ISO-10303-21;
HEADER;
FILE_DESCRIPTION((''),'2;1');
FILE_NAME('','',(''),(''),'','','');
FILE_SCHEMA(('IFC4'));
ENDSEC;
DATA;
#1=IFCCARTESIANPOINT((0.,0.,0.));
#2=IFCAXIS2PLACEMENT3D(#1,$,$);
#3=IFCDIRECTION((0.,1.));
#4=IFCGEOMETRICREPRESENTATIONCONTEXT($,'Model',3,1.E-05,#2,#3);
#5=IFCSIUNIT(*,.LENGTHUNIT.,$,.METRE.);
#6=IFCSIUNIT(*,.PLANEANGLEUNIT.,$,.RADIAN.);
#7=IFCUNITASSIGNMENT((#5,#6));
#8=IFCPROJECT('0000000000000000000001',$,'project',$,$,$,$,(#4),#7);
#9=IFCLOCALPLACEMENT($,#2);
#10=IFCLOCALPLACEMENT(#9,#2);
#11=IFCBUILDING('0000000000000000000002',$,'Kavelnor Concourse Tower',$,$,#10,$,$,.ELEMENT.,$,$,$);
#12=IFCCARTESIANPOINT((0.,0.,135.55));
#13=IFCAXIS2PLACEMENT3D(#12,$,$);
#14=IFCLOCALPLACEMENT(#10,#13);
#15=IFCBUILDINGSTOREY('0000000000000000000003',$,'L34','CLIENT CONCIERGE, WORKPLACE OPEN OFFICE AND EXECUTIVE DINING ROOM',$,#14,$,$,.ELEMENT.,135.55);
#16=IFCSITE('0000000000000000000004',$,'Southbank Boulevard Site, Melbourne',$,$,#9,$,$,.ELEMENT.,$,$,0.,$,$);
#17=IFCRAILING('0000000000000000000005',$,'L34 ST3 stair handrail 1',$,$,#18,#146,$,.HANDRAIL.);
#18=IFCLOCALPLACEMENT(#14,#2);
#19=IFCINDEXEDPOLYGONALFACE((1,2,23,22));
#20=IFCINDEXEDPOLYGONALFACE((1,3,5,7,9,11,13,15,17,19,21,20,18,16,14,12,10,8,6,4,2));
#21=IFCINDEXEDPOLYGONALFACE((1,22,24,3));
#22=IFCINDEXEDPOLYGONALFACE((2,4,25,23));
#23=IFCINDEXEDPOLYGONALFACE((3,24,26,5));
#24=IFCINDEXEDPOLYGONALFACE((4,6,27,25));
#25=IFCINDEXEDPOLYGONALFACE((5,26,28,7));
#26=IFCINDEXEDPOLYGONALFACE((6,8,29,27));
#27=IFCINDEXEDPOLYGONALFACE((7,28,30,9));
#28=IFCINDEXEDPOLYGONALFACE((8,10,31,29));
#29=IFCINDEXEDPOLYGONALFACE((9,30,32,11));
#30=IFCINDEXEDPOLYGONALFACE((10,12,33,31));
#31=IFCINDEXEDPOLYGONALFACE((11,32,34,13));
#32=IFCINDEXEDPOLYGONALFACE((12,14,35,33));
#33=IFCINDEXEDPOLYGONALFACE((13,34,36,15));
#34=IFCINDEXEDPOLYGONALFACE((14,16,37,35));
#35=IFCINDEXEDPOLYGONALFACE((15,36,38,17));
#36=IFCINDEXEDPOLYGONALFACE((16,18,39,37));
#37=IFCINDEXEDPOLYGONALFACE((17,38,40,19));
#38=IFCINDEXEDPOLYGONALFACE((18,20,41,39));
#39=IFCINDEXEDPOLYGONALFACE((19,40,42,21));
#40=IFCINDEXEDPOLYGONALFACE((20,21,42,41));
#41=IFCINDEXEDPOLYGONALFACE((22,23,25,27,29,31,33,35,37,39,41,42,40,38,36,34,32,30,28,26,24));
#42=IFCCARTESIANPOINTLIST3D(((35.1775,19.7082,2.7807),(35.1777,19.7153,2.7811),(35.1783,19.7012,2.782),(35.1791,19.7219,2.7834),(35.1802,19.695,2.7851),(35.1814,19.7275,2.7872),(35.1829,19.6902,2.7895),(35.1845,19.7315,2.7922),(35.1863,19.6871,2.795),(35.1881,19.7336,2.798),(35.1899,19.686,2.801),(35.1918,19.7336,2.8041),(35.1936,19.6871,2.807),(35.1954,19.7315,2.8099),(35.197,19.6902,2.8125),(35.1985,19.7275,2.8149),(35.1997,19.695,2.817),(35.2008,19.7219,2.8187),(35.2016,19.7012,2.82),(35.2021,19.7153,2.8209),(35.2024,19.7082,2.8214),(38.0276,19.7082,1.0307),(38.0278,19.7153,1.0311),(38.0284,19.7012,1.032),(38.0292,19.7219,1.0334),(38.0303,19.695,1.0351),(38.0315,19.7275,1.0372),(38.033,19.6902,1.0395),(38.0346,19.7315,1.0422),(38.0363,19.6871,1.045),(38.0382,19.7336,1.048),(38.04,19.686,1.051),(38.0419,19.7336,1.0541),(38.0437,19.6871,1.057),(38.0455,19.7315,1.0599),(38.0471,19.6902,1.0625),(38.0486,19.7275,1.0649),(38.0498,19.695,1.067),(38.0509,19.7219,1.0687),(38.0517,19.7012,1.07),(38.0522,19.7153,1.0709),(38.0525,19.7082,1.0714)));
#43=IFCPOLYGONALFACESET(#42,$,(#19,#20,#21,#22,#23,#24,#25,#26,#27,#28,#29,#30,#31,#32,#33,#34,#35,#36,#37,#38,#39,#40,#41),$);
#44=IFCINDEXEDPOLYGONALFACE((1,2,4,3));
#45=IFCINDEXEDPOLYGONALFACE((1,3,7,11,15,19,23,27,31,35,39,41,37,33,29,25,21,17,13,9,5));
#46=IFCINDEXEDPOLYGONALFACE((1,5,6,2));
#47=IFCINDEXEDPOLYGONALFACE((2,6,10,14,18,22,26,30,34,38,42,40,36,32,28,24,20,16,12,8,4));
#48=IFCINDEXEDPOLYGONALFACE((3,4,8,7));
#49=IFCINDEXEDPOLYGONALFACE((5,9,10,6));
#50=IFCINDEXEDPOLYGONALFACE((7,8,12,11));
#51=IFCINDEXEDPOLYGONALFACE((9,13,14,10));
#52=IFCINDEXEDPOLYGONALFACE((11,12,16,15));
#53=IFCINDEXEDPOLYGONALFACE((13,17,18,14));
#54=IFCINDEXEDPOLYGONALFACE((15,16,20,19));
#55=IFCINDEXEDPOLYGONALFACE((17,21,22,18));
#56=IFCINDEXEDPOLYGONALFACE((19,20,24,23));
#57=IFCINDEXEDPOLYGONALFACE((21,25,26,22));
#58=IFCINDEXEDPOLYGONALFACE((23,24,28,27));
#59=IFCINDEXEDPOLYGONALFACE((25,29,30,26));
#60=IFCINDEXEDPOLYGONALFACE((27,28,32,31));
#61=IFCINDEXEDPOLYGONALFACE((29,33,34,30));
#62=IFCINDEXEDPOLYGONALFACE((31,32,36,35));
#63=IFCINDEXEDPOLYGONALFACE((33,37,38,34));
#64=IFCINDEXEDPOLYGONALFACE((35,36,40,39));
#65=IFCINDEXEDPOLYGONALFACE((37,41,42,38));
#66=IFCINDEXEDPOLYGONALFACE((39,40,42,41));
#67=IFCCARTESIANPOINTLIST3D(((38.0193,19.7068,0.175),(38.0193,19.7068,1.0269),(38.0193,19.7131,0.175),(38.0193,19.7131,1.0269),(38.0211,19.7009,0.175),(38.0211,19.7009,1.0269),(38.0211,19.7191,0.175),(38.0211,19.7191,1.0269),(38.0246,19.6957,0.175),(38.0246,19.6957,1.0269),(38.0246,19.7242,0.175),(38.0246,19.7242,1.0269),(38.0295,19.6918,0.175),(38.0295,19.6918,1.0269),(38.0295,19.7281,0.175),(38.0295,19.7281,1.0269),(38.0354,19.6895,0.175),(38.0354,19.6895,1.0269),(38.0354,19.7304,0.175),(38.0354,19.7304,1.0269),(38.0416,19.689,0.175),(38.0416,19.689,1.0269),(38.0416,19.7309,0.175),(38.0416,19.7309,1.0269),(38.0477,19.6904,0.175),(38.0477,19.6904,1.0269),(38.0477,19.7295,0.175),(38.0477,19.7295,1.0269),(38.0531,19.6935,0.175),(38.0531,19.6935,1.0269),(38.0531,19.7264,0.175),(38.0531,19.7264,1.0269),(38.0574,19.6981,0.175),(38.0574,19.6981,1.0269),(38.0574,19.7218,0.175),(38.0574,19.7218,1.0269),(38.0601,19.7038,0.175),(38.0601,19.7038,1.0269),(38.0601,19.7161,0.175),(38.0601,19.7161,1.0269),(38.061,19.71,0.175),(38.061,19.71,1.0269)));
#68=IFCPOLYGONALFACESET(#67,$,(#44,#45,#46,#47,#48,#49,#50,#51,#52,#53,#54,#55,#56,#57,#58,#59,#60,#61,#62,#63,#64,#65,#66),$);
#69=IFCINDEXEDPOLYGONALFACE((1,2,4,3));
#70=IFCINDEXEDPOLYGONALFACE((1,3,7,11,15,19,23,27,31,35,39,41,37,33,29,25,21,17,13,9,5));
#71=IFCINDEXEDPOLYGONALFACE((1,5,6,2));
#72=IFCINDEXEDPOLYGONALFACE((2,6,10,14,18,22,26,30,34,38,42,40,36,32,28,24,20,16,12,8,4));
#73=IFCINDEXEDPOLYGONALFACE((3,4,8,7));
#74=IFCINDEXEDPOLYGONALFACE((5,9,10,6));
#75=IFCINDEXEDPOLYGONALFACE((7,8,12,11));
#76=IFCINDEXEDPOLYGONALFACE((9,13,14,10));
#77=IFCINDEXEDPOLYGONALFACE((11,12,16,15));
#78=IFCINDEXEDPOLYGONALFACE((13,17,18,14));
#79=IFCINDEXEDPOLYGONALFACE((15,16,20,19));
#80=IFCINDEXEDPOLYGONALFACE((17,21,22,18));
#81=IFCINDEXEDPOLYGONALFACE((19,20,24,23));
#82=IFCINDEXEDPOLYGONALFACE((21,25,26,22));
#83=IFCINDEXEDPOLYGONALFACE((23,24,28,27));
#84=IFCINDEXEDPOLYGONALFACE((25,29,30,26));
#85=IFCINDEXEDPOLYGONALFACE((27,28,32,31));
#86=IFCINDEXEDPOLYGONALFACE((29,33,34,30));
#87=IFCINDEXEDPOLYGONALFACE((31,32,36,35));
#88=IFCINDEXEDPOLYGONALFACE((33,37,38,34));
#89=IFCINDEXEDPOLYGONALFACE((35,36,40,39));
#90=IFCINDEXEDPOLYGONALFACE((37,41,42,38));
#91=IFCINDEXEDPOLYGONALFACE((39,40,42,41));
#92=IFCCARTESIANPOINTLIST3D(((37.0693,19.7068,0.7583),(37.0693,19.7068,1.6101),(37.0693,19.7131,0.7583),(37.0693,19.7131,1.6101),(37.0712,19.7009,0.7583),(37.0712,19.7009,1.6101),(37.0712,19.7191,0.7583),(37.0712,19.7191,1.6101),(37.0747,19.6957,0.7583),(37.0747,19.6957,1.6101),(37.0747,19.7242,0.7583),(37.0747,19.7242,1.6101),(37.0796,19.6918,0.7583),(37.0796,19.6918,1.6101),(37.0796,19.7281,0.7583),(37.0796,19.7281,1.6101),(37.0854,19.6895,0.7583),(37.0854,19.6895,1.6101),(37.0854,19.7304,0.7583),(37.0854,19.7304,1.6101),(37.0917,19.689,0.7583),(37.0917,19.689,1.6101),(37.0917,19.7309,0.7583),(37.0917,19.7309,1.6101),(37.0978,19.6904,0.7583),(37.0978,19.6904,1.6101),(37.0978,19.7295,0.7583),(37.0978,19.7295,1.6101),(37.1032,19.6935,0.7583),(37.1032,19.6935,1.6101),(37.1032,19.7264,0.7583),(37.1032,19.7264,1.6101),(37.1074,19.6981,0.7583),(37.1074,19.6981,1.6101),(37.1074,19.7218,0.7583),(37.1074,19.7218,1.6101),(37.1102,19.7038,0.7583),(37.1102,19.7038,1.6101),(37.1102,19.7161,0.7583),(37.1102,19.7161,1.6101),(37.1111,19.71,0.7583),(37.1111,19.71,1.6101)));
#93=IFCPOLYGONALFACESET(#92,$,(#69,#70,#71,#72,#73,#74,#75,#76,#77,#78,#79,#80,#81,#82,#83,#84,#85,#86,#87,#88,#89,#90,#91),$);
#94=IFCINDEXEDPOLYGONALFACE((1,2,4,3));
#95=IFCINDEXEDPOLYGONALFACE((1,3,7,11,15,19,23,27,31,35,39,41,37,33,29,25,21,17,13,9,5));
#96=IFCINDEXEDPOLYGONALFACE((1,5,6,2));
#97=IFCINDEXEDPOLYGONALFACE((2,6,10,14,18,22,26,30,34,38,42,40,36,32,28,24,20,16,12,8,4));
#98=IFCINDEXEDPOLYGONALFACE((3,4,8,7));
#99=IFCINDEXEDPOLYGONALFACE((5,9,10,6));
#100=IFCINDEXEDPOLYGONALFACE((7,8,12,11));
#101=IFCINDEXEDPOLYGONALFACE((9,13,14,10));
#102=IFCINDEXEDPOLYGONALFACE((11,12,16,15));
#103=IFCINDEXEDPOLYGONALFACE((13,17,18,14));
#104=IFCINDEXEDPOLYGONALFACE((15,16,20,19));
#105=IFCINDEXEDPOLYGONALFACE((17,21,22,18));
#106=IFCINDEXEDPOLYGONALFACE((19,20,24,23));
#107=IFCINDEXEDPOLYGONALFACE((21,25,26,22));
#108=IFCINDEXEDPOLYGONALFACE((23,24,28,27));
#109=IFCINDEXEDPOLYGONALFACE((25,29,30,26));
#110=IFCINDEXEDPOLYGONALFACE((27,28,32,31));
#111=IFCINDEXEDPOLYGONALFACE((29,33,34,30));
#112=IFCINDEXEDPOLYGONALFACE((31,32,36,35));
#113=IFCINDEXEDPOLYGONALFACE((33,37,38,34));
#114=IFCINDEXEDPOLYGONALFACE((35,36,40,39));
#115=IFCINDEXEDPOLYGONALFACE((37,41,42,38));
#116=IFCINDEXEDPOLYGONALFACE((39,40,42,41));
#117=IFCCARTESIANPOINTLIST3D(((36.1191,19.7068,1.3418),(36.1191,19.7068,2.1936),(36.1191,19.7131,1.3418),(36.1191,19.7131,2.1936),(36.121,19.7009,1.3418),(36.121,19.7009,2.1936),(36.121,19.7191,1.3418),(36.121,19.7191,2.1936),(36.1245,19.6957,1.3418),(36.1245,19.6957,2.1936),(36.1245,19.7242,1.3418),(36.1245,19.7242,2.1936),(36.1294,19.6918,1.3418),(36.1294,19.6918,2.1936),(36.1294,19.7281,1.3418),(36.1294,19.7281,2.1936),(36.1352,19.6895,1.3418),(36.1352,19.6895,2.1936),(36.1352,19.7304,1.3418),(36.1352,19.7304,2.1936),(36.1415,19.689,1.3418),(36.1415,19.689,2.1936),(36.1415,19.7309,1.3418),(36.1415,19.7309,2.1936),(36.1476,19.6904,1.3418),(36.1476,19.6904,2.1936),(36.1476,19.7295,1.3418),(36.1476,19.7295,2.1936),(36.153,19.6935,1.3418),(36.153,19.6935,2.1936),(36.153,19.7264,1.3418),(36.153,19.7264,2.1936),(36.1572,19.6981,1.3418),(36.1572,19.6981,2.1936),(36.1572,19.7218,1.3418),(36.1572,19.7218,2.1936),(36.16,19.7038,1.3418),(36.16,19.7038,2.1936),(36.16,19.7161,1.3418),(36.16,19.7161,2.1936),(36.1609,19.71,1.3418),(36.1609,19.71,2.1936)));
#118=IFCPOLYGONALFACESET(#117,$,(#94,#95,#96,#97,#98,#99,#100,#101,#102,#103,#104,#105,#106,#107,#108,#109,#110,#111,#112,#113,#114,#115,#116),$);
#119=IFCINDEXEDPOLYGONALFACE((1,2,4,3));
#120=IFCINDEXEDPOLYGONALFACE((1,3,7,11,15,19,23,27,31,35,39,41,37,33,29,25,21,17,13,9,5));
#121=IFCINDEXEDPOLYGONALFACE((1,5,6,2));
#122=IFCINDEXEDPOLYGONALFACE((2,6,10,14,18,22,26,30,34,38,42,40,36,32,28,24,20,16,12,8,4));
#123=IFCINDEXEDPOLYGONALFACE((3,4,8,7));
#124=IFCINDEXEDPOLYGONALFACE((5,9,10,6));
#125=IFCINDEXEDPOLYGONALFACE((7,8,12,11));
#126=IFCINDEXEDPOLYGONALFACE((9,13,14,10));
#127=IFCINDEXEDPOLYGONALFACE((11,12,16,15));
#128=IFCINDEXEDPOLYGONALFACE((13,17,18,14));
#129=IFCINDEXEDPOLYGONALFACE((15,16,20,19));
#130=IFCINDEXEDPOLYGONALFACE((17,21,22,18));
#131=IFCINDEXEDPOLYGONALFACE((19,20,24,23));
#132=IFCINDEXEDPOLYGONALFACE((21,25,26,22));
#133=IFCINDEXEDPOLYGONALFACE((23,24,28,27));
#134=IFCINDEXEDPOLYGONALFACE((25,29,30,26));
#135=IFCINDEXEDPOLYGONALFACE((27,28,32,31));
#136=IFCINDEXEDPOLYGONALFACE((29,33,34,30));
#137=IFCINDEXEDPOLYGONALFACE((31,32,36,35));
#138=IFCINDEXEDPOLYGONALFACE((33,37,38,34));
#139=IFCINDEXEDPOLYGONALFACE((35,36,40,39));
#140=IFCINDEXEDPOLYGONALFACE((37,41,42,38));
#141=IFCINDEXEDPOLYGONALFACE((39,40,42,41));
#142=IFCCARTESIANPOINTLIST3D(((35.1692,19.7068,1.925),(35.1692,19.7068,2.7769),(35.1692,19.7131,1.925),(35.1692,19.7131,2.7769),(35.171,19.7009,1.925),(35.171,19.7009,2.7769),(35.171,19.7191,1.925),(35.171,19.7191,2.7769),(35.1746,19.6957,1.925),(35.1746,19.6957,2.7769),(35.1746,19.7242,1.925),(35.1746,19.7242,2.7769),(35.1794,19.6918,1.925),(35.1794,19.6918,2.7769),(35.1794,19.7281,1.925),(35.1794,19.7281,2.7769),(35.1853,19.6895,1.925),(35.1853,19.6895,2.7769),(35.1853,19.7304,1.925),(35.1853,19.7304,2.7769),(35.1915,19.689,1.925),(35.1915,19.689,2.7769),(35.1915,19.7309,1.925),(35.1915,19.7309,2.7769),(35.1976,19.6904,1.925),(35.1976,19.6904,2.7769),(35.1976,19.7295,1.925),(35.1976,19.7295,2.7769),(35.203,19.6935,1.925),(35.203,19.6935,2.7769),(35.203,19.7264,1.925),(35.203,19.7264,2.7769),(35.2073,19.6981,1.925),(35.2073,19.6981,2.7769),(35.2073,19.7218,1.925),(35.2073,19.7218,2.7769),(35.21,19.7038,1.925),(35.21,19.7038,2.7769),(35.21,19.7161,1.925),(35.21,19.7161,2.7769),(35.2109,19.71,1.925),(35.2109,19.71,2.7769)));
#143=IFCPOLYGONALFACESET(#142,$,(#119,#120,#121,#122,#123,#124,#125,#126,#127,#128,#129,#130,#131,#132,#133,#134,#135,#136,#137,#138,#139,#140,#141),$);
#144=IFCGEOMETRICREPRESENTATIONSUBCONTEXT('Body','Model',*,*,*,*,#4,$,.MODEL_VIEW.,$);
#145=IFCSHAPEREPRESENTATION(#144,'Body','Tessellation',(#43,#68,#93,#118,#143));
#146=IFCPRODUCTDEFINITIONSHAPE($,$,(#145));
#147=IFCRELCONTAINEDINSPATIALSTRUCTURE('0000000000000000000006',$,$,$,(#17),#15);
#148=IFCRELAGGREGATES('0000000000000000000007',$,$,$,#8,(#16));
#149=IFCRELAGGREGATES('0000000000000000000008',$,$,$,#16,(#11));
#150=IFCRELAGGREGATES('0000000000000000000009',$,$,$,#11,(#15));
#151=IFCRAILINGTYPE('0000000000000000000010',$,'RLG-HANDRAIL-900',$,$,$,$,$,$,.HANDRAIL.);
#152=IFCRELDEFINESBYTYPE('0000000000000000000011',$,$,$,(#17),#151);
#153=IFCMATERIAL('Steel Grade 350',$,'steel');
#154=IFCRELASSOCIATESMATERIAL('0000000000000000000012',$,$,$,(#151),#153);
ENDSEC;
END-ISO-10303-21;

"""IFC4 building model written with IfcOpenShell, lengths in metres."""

from ifc_helpers import new_model, si_unit, direction, frame, origin, origin_2d, place, context, subcontext, project, spatial, circle, extrude, material, type_object, element, save


model = new_model("IFC4")

# Units and contexts
model_context = context("Model", 3, precision=1e-05, world=origin(), true_north=direction((0.0, 1.0)))
body_context = subcontext(model_context, "Body", "Model", "MODEL_VIEW")
ifc_project = project(units=[si_unit("LENGTHUNIT", "METRE"), si_unit("PLANEANGLEUNIT", "RADIAN")], contexts=[model_context])

# Site, building, storey
site_placement = place(None, origin())
site = spatial("IfcSite", under=ifc_project, at=site_placement, Name="Southbank Boulevard Site, Melbourne", CompositionType="ELEMENT", RefElevation=0.0)
building_placement = place(site_placement, origin())
building = spatial("IfcBuilding", under=site, at=building_placement, Name="Kavelnor Concourse Tower", CompositionType="ELEMENT")
storey_placement = place(building_placement, frame((0.0, 0.0, 135.55)))
storey = spatial("IfcBuildingStorey", under=building, at=storey_placement, Name="L34", Description="CLIENT CONCIERGE, WORKPLACE OPEN OFFICE AND EXECUTIVE DINING ROOM", CompositionType="ELEMENT", Elevation=135.55)

# Shared definitions
ifc_material_1 = material(Name="Steel Grade 350", Category="steel")

# Railing
railing_type_1 = type_object("IfcRailingType", Name="RLG-HANDRAIL-900", PredefinedType="HANDRAIL", material=ifc_material_1)
railing_1_placement = place(storey_placement, frame((38.04, 19.71, 0.175)))
element("IfcRailing", 1, at=railing_1_placement, inside=storey, type_object=railing_type_1, Name="L34 ST3 stair handrail 1", PredefinedType="HANDRAIL", context=body_context, shape_type="SweptSolid", body=[
    extrude(circle(Radius=0.0239, at=origin_2d()), frame((0.0, 0.0, 0.876), z_axis=(-0.852179, 0.0, 0.52325), x_axis=(0.0, -1.0, 0.0)), (0.0, 0.0, 1.0), 3.3445),
    extrude(circle(Radius=0.021, at=origin_2d()), origin(), (0.0, 0.0, 1.0), 0.8518),
    extrude(circle(Radius=0.021, at=origin_2d()), frame((-0.95, 0.0, 0.5833)), (0.0, 0.0, 1.0), 0.8518),
    extrude(circle(Radius=0.021, at=origin_2d()), frame((-1.9001, 0.0, 1.1667)), (0.0, 0.0, 1.0), 0.8518),
    extrude(circle(Radius=0.021, at=origin_2d()), frame((-2.8501, 0.0, 1.75)), (0.0, 0.0, 1.0), 0.8518),
])

save(model, "model.ifc")
